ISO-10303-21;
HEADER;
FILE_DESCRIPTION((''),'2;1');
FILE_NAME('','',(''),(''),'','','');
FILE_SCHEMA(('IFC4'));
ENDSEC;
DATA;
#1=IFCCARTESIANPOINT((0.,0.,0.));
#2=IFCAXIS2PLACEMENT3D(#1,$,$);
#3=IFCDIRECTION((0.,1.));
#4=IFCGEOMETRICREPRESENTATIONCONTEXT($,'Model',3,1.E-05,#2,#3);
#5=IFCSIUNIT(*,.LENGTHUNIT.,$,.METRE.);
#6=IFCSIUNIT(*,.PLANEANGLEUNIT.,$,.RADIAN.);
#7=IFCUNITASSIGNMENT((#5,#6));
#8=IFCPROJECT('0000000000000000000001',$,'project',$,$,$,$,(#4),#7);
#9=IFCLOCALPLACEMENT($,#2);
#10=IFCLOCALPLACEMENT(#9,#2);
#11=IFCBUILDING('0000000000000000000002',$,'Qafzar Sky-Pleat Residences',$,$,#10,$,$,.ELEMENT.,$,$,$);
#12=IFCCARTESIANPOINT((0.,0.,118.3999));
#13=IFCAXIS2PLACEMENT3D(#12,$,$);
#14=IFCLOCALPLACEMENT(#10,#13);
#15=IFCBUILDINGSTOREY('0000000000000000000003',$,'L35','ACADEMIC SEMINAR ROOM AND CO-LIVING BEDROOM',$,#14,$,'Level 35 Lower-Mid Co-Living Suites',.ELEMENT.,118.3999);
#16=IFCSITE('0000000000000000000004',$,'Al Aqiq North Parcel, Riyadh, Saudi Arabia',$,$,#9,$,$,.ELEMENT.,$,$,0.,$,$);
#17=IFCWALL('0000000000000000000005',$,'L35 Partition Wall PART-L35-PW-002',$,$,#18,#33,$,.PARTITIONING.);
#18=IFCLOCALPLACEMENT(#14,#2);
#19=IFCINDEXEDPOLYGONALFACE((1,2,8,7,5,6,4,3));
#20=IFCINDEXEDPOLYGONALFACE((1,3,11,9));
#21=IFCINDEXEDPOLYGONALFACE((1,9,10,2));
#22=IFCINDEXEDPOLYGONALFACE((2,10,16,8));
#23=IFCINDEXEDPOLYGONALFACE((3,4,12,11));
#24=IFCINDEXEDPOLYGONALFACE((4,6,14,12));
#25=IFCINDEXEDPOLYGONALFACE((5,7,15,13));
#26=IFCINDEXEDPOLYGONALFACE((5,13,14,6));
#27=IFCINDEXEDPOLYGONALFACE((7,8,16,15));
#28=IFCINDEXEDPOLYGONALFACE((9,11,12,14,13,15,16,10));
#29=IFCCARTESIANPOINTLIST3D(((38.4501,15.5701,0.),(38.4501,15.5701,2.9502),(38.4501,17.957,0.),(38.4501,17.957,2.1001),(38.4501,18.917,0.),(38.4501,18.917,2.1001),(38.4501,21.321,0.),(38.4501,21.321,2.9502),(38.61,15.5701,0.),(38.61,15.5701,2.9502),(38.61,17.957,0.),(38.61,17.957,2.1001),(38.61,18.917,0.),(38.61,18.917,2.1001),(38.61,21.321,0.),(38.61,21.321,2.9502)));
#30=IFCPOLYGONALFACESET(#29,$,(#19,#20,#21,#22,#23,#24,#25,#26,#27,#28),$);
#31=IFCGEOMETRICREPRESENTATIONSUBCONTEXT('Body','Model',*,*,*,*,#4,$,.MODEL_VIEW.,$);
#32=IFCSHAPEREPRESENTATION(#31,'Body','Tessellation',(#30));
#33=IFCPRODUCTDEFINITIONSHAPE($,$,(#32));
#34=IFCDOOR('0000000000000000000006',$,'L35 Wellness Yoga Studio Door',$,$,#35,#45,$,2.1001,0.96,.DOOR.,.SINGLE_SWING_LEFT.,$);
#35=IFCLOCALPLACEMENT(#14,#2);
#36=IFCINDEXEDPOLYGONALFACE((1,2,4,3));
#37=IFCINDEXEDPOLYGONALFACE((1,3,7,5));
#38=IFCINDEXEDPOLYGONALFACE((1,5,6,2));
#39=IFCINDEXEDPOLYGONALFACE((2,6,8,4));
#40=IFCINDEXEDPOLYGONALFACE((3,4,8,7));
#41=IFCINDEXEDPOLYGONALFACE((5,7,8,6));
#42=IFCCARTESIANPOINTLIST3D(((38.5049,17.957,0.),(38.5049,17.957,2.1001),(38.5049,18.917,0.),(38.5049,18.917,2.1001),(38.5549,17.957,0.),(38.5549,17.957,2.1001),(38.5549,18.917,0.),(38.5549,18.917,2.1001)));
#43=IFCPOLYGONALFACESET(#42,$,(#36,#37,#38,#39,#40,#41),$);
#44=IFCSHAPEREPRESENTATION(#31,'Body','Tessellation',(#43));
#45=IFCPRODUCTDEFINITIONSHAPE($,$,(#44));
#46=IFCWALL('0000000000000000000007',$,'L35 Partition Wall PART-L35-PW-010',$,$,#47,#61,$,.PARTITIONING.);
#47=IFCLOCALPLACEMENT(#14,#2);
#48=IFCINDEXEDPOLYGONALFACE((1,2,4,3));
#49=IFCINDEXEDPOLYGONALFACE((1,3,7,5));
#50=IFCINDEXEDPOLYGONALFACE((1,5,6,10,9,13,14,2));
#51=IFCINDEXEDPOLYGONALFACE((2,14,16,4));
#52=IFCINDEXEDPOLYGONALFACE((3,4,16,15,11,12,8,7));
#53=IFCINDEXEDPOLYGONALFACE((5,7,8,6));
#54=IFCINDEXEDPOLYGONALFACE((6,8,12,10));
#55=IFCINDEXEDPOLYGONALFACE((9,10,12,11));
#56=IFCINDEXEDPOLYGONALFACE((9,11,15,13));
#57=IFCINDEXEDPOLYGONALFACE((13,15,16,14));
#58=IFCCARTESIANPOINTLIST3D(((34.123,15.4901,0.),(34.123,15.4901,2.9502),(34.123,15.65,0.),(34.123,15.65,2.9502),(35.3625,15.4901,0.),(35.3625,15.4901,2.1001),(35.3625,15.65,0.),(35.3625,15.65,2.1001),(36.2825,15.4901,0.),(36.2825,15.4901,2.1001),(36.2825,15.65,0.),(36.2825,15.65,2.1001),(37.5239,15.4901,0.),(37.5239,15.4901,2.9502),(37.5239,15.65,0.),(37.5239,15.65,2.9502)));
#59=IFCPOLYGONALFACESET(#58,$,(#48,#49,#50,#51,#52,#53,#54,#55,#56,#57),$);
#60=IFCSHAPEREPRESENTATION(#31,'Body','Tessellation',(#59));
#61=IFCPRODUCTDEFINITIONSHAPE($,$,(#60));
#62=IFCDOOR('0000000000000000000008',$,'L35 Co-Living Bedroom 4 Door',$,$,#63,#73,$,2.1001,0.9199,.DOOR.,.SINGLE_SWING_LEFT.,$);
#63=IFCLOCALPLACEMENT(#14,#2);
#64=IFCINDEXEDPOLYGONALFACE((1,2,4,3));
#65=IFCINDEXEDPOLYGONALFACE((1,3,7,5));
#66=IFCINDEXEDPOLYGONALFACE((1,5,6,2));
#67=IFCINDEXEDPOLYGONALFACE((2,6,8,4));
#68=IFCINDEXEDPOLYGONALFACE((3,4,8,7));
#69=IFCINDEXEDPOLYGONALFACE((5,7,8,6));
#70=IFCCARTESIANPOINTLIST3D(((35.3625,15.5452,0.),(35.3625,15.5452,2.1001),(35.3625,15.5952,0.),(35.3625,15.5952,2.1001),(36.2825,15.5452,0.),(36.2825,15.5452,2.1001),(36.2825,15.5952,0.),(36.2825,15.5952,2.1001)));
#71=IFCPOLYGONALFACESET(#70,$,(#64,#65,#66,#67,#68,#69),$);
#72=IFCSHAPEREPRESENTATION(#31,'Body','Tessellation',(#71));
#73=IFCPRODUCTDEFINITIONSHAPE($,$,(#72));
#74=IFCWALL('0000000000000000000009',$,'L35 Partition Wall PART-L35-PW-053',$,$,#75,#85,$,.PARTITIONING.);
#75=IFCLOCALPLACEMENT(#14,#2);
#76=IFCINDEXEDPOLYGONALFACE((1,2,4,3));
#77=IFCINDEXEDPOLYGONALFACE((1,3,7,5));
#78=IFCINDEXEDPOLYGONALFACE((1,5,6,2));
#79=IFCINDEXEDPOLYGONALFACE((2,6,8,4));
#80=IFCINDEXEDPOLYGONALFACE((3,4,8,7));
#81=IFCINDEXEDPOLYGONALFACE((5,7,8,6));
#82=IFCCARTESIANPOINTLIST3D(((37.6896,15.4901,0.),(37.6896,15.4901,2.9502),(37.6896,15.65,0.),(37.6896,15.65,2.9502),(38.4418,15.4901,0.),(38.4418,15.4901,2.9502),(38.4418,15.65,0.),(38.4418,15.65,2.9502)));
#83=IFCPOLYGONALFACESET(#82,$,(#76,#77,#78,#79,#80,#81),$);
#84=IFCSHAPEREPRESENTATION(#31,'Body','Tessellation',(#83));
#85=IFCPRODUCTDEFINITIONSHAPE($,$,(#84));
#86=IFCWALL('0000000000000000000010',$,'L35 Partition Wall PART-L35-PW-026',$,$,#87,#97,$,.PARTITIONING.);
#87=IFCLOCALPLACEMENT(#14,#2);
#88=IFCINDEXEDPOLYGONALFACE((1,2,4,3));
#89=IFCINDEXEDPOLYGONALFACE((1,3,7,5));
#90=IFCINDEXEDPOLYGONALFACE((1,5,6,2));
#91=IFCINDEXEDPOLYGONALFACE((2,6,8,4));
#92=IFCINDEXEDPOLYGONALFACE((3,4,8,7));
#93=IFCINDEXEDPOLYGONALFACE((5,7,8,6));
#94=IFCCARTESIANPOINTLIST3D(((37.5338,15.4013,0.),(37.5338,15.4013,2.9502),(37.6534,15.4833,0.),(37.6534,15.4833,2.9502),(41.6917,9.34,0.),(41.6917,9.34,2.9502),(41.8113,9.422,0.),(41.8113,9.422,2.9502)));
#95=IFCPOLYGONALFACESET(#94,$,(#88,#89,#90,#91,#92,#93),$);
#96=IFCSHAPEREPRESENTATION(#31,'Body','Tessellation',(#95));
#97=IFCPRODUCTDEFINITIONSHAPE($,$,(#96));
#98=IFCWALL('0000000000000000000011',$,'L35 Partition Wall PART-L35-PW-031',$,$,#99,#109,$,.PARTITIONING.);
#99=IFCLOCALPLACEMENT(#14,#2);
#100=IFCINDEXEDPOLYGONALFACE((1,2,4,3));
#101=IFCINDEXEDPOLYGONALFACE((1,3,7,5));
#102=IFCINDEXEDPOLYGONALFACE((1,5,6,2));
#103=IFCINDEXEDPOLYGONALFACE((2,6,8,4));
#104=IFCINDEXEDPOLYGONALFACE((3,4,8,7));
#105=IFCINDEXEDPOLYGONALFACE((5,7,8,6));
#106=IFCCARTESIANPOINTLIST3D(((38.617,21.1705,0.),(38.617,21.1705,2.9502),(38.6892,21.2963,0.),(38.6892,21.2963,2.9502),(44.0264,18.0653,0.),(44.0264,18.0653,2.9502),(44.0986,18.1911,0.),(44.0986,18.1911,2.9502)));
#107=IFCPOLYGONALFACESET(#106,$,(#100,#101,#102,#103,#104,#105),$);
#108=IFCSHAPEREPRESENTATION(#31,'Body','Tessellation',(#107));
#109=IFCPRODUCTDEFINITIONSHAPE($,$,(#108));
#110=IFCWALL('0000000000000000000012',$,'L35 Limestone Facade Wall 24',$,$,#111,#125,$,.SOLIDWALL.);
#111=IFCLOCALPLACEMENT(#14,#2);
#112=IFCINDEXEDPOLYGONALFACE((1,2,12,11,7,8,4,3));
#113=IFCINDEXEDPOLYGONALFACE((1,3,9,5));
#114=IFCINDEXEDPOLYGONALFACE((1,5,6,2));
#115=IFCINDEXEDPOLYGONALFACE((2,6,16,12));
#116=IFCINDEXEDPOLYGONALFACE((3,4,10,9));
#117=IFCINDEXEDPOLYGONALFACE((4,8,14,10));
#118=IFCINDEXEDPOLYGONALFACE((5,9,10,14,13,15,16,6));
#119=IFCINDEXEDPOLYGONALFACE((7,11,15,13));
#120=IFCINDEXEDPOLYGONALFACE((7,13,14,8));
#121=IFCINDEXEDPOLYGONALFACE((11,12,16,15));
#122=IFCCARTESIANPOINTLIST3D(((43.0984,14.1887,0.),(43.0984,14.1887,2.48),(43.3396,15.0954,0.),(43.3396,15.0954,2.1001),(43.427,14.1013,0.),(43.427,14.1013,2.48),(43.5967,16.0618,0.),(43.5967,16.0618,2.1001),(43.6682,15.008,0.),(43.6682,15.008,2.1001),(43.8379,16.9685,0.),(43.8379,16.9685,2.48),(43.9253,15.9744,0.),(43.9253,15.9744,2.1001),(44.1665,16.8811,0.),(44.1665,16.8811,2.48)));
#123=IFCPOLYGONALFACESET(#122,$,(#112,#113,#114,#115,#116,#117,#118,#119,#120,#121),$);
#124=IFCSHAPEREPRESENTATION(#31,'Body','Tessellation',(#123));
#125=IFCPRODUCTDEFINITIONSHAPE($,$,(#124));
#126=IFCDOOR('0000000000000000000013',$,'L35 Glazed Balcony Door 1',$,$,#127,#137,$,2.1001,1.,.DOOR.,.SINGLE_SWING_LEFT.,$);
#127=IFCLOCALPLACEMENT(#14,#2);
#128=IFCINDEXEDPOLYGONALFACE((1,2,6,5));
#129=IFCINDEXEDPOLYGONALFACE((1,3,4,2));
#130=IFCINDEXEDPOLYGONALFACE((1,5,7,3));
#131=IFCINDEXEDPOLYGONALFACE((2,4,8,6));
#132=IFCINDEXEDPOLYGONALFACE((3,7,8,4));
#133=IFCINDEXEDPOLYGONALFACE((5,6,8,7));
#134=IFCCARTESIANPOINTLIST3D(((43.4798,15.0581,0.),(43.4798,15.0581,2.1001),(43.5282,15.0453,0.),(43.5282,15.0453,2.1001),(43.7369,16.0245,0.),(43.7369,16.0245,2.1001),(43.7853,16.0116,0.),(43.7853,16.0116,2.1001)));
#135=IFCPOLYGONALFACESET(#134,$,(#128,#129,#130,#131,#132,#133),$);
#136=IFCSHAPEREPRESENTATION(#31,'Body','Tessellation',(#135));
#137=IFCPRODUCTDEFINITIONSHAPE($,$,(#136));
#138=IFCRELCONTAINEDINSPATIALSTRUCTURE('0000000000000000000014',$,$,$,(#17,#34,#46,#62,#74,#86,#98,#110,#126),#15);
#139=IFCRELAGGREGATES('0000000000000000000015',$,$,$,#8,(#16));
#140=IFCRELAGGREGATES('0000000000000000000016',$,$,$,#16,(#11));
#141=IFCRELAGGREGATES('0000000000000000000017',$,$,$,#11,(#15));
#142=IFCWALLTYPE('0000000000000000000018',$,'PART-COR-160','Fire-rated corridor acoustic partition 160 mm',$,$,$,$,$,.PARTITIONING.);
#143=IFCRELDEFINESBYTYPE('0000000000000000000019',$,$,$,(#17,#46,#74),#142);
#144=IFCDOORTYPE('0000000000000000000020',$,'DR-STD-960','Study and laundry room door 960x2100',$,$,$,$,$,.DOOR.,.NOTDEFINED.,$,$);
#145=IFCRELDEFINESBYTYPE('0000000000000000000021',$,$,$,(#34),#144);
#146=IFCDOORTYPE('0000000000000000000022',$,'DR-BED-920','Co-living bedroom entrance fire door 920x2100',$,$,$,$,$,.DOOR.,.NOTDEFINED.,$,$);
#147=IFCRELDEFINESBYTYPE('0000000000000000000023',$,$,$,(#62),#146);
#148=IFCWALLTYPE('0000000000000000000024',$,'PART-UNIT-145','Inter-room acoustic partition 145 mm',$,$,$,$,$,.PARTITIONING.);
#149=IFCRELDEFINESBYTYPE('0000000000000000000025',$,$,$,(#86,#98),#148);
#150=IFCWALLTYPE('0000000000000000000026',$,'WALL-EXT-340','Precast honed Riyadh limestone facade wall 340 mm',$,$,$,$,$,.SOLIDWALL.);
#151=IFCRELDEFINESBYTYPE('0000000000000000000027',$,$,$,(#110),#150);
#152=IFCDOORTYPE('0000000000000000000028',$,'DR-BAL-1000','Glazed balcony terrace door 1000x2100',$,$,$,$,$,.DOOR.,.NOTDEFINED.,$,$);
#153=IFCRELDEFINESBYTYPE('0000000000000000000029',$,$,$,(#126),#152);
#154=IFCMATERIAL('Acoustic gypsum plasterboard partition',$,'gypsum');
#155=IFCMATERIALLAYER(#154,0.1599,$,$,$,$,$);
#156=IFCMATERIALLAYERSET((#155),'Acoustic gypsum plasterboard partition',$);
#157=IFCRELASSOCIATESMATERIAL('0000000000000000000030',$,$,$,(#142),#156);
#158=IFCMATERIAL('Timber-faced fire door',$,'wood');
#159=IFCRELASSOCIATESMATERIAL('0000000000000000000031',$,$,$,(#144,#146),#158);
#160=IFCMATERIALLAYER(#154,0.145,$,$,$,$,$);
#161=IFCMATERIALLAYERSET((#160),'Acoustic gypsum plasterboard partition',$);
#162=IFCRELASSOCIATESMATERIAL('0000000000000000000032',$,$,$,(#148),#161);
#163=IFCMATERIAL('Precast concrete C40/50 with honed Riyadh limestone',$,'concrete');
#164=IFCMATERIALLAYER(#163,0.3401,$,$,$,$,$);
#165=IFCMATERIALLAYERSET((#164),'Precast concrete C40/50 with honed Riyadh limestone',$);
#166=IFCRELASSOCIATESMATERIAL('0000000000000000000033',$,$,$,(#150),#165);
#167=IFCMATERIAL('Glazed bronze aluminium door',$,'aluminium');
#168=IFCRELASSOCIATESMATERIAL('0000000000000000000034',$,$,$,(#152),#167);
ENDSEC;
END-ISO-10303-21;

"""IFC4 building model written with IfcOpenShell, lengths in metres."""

from ifc_helpers import new_model, si_unit, direction, frame, frame_2d, origin, place, context, subcontext, project, spatial, rectangle, extrude, source, transform, mapped, material, layer, layer_set, type_object, element, fill, save


model = new_model("IFC4")

# Units and contexts
model_context = context("Model", 3, precision=1e-05, world=origin(), true_north=direction((0.0, 1.0)))
body_context = subcontext(model_context, "Body", "Model", "MODEL_VIEW")
ifc_project = project(units=[si_unit("LENGTHUNIT", "METRE"), si_unit("PLANEANGLEUNIT", "RADIAN")], contexts=[model_context])

# Site, building, storey
site_placement = place(None, origin())
site = spatial("IfcSite", under=ifc_project, at=site_placement, Name="Al Aqiq North Parcel, Riyadh, Saudi Arabia", CompositionType="ELEMENT", RefElevation=0.0)
building_placement = place(site_placement, origin())
building = spatial("IfcBuilding", under=site, at=building_placement, Name="Qafzar Sky-Pleat Residences", CompositionType="ELEMENT")
storey_placement = place(building_placement, frame((0.0, 0.0, 118.3999)))
storey = spatial("IfcBuildingStorey", under=building, at=storey_placement, Name="L35", Description="ACADEMIC SEMINAR ROOM AND CO-LIVING BEDROOM", LongName="Level 35 Lower-Mid Co-Living Suites", CompositionType="ELEMENT", Elevation=118.3999)

# Walls, openings, doors
ifc_material_1 = material(Name="Acoustic gypsum plasterboard partition", Category="gypsum")
ifc_layer_1 = layer(ifc_material_1, 0.1599)
ifc_layer_set_1 = layer_set([ifc_layer_1], Name="Acoustic gypsum plasterboard partition")
wall_type_1 = type_object("IfcWallType", Name="PART-COR-160", Description="Fire-rated corridor acoustic partition 160 mm", PredefinedType="PARTITIONING", material=ifc_layer_set_1)
wall_1_placement = place(storey_placement, frame((38.53, 21.321, 0.0), z_axis=(0.0, 0.0, 1.0), x_axis=(0.0, -1.0, 0.0)))
wall_1 = element("IfcWall", 1, at=wall_1_placement, inside=storey, type_object=wall_type_1, Name="L35 Partition Wall PART-L35-PW-002", PredefinedType="PARTITIONING", context=body_context, shape_type="SweptSolid", body=[
    extrude(rectangle(XDim=5.751, YDim=0.1599, at=frame_2d((2.8755, 0.0))), origin(), (0.0, 0.0, 1.0), 2.9502),
])
opening_1_placement = place(wall_1_placement, frame((2.4041, 0.0, 0.0)))
opening_1 = element("IfcOpeningElement", 2, at=opening_1_placement, cuts=wall_1, PredefinedType="OPENING", context=body_context, shape_type="SweptSolid", body=[
    extrude(rectangle(XDim=0.96, YDim=2.1001, at=frame_2d((0.48, 1.05))), frame((0.0, 0.0898, 0.0), z_axis=(0.0, -1.0, 0.0), x_axis=(1.0, 0.0, 0.0)), (0.0, 0.0, 1.0), 0.1799),
])
ifc_material_2 = material(Name="Timber-faced fire door", Category="wood")
door_type_1 = type_object("IfcDoorType", Name="DR-STD-960", Description="Study and laundry room door 960x2100", OperationType="NOTDEFINED", PredefinedType="DOOR", material=ifc_material_2)
shared_shape_1 = source(origin(), body_context, "Body", "SweptSolid", [
    extrude(rectangle(XDim=0.96, YDim=2.1001, at=frame_2d((0.48, 1.05))), frame((0.0, 0.0249, 0.0), z_axis=(0.0, -1.0, 0.0), x_axis=(1.0, 0.0, 0.0)), (0.0, 0.0, 1.0), 0.05),
])
door_1_placement = place(opening_1_placement, origin())
door_1 = element("IfcDoor", 3, at=door_1_placement, inside=storey, type_object=door_type_1, Name="L35 Wellness Yoga Studio Door", OperationType="SINGLE_SWING_LEFT", OverallHeight=2.1001, OverallWidth=0.96, PredefinedType="DOOR", context=body_context, shape_type="MappedRepresentation", body=[
    mapped(shared_shape_1, transform((0.0, 0.0, 0.0), x_axis=(1.0, 0.0, 0.0), y_axis=(0.0, 1.0, 0.0), z_axis=(0.0, 0.0, 1.0), scale=1.0)),
])
fill(opening_1, door_1)
wall_2_placement = place(storey_placement, frame((37.5239, 15.5701, 0.0), z_axis=(0.0, 0.0, 1.0), x_axis=(-1.0, 0.0, 0.0)))
wall_2 = element("IfcWall", 4, at=wall_2_placement, inside=storey, type_object=wall_type_1, Name="L35 Partition Wall PART-L35-PW-010", PredefinedType="PARTITIONING", context=body_context, shape_type="SweptSolid", body=[
    extrude(rectangle(XDim=3.4009, YDim=0.1599, at=frame_2d((1.7004, 0.0))), origin(), (0.0, 0.0, 1.0), 2.9502),
])
opening_2_placement = place(wall_2_placement, frame((1.2415, 0.0, 0.0)))
opening_2 = element("IfcOpeningElement", 5, at=opening_2_placement, cuts=wall_2, PredefinedType="OPENING", context=body_context, shape_type="SweptSolid", body=[
    extrude(rectangle(XDim=0.9199, YDim=2.1001, at=frame_2d((0.46, 1.05))), frame((0.0, 0.0898, 0.0), z_axis=(0.0, -1.0, 0.0), x_axis=(1.0, 0.0, 0.0)), (0.0, 0.0, 1.0), 0.1799),
])
door_type_2 = type_object("IfcDoorType", Name="DR-BED-920", Description="Co-living bedroom entrance fire door 920x2100", OperationType="NOTDEFINED", PredefinedType="DOOR", material=ifc_material_2)
shared_shape_2 = source(origin(), body_context, "Body", "SweptSolid", [
    extrude(rectangle(XDim=0.9199, YDim=2.1001, at=frame_2d((0.46, 1.05))), frame((0.0, 0.0249, 0.0), z_axis=(0.0, -1.0, 0.0), x_axis=(1.0, 0.0, 0.0)), (0.0, 0.0, 1.0), 0.05),
])
door_2_placement = place(opening_2_placement, origin())
door_2 = element("IfcDoor", 6, at=door_2_placement, inside=storey, type_object=door_type_2, Name="L35 Co-Living Bedroom 4 Door", OperationType="SINGLE_SWING_LEFT", OverallHeight=2.1001, OverallWidth=0.9199, PredefinedType="DOOR", context=body_context, shape_type="MappedRepresentation", body=[
    mapped(shared_shape_2, transform((0.0, 0.0, 0.0), x_axis=(1.0, 0.0, 0.0), y_axis=(0.0, 1.0, 0.0), z_axis=(0.0, 0.0, 1.0), scale=1.0)),
])
fill(opening_2, door_2)

# Walls
wall_3_placement = place(storey_placement, frame((37.6897, 15.5701, 0.0), z_axis=(0.0, 0.0, 1.0), x_axis=(1.0, 0.0, 0.0)))
element("IfcWall", 7, at=wall_3_placement, inside=storey, type_object=wall_type_1, Name="L35 Partition Wall PART-L35-PW-053", PredefinedType="PARTITIONING", context=body_context, shape_type="SweptSolid", body=[
    extrude(rectangle(XDim=0.7522, YDim=0.1599, at=frame_2d((0.376, 0.0))), origin(), (0.0, 0.0, 1.0), 2.9502),
])
ifc_layer_2 = layer(ifc_material_1, 0.145)
ifc_layer_set_2 = layer_set([ifc_layer_2], Name="Acoustic gypsum plasterboard partition")
wall_type_2 = type_object("IfcWallType", Name="PART-UNIT-145", Description="Inter-room acoustic partition 145 mm", PredefinedType="PARTITIONING", material=ifc_layer_set_2)
wall_4_placement = place(storey_placement, frame((37.5935, 15.4424, 0.0), z_axis=(0.0, 0.0, 1.0), x_axis=(0.565681, -0.824624, 0.0)))
element("IfcWall", 8, at=wall_4_placement, inside=storey, type_object=wall_type_2, Name="L35 Partition Wall PART-L35-PW-026", PredefinedType="PARTITIONING", context=body_context, shape_type="SweptSolid", body=[
    extrude(rectangle(XDim=7.3503, YDim=0.145, at=frame_2d((3.6753, 0.0))), origin(), (0.0, 0.0, 1.0), 2.9502),
])
wall_5_placement = place(storey_placement, frame((38.6531, 21.2334, 0.0), z_axis=(0.0, 0.0, 1.0), x_axis=(0.867266, -0.497845, 0.0)))
element("IfcWall", 9, at=wall_5_placement, inside=storey, type_object=wall_type_2, Name="L35 Partition Wall PART-L35-PW-031", PredefinedType="PARTITIONING", context=body_context, shape_type="SweptSolid", body=[
    extrude(rectangle(XDim=6.2373, YDim=0.145, at=frame_2d((3.1187, 0.0))), origin(), (0.0, 0.0, 1.0), 2.9502),
])

# Wall, opening, door
ifc_material_3 = material(Name="Precast concrete C40/50 with honed Riyadh limestone", Category="concrete")
ifc_layer_3 = layer(ifc_material_3, 0.3401)
ifc_layer_set_3 = layer_set([ifc_layer_3], Name="Precast concrete C40/50 with honed Riyadh limestone")
wall_type_3 = type_object("IfcWallType", Name="WALL-EXT-340", Description="Precast honed Riyadh limestone facade wall 340 mm", PredefinedType="SOLIDWALL", material=ifc_layer_set_3)
wall_6_placement = place(storey_placement, frame((43.2627, 14.145, 0.0), z_axis=(0.0, 0.0, 1.0), x_axis=(0.257087, 0.966388, 0.0)))
wall_6 = element("IfcWall", 10, at=wall_6_placement, inside=storey, type_object=wall_type_3, Name="L35 Limestone Facade Wall 24", PredefinedType="SOLIDWALL", context=body_context, shape_type="SweptSolid", body=[
    extrude(rectangle(XDim=2.8765, YDim=0.3401, at=frame_2d((1.4382, 0.0))), origin(), (0.0, 0.0, 1.0), 2.48),
])
opening_3_placement = place(wall_6_placement, frame((0.9382, 0.0, 0.0)))
opening_3 = element("IfcOpeningElement", 11, at=opening_3_placement, cuts=wall_6, PredefinedType="OPENING", context=body_context, shape_type="SweptSolid", body=[
    extrude(rectangle(XDim=1.0, YDim=2.1001, at=frame_2d((0.5, 1.05))), frame((0.0, 0.1802, 0.0), z_axis=(0.0, -1.0, 0.0), x_axis=(1.0, 0.0, 0.0)), (0.0, 0.0, 1.0), 0.3601),
])
ifc_material_4 = material(Name="Glazed bronze aluminium door", Category="aluminium")
door_type_3 = type_object("IfcDoorType", Name="DR-BAL-1000", Description="Glazed balcony terrace door 1000x2100", OperationType="NOTDEFINED", PredefinedType="DOOR", material=ifc_material_4)
shared_shape_3 = source(origin(), body_context, "Body", "SweptSolid", [
    extrude(rectangle(XDim=1.0, YDim=2.1001, at=frame_2d((0.5, 1.05))), frame((0.0, 0.0249, 0.0), z_axis=(0.0, -1.0, 0.0), x_axis=(1.0, 0.0, 0.0)), (0.0, 0.0, 1.0), 0.05),
])
door_3_placement = place(opening_3_placement, origin())
door_3 = element("IfcDoor", 12, at=door_3_placement, inside=storey, type_object=door_type_3, Name="L35 Glazed Balcony Door 1", OperationType="SINGLE_SWING_LEFT", OverallHeight=2.1001, OverallWidth=1.0, PredefinedType="DOOR", context=body_context, shape_type="MappedRepresentation", body=[
    mapped(shared_shape_3, transform((0.0, 0.0, 0.0), x_axis=(1.0, 0.0, 0.0), y_axis=(0.0, 1.0, 0.0), z_axis=(0.0, 0.0, 1.0), scale=1.0)),
])
fill(opening_3, door_3)

save(model, "model.ifc")
